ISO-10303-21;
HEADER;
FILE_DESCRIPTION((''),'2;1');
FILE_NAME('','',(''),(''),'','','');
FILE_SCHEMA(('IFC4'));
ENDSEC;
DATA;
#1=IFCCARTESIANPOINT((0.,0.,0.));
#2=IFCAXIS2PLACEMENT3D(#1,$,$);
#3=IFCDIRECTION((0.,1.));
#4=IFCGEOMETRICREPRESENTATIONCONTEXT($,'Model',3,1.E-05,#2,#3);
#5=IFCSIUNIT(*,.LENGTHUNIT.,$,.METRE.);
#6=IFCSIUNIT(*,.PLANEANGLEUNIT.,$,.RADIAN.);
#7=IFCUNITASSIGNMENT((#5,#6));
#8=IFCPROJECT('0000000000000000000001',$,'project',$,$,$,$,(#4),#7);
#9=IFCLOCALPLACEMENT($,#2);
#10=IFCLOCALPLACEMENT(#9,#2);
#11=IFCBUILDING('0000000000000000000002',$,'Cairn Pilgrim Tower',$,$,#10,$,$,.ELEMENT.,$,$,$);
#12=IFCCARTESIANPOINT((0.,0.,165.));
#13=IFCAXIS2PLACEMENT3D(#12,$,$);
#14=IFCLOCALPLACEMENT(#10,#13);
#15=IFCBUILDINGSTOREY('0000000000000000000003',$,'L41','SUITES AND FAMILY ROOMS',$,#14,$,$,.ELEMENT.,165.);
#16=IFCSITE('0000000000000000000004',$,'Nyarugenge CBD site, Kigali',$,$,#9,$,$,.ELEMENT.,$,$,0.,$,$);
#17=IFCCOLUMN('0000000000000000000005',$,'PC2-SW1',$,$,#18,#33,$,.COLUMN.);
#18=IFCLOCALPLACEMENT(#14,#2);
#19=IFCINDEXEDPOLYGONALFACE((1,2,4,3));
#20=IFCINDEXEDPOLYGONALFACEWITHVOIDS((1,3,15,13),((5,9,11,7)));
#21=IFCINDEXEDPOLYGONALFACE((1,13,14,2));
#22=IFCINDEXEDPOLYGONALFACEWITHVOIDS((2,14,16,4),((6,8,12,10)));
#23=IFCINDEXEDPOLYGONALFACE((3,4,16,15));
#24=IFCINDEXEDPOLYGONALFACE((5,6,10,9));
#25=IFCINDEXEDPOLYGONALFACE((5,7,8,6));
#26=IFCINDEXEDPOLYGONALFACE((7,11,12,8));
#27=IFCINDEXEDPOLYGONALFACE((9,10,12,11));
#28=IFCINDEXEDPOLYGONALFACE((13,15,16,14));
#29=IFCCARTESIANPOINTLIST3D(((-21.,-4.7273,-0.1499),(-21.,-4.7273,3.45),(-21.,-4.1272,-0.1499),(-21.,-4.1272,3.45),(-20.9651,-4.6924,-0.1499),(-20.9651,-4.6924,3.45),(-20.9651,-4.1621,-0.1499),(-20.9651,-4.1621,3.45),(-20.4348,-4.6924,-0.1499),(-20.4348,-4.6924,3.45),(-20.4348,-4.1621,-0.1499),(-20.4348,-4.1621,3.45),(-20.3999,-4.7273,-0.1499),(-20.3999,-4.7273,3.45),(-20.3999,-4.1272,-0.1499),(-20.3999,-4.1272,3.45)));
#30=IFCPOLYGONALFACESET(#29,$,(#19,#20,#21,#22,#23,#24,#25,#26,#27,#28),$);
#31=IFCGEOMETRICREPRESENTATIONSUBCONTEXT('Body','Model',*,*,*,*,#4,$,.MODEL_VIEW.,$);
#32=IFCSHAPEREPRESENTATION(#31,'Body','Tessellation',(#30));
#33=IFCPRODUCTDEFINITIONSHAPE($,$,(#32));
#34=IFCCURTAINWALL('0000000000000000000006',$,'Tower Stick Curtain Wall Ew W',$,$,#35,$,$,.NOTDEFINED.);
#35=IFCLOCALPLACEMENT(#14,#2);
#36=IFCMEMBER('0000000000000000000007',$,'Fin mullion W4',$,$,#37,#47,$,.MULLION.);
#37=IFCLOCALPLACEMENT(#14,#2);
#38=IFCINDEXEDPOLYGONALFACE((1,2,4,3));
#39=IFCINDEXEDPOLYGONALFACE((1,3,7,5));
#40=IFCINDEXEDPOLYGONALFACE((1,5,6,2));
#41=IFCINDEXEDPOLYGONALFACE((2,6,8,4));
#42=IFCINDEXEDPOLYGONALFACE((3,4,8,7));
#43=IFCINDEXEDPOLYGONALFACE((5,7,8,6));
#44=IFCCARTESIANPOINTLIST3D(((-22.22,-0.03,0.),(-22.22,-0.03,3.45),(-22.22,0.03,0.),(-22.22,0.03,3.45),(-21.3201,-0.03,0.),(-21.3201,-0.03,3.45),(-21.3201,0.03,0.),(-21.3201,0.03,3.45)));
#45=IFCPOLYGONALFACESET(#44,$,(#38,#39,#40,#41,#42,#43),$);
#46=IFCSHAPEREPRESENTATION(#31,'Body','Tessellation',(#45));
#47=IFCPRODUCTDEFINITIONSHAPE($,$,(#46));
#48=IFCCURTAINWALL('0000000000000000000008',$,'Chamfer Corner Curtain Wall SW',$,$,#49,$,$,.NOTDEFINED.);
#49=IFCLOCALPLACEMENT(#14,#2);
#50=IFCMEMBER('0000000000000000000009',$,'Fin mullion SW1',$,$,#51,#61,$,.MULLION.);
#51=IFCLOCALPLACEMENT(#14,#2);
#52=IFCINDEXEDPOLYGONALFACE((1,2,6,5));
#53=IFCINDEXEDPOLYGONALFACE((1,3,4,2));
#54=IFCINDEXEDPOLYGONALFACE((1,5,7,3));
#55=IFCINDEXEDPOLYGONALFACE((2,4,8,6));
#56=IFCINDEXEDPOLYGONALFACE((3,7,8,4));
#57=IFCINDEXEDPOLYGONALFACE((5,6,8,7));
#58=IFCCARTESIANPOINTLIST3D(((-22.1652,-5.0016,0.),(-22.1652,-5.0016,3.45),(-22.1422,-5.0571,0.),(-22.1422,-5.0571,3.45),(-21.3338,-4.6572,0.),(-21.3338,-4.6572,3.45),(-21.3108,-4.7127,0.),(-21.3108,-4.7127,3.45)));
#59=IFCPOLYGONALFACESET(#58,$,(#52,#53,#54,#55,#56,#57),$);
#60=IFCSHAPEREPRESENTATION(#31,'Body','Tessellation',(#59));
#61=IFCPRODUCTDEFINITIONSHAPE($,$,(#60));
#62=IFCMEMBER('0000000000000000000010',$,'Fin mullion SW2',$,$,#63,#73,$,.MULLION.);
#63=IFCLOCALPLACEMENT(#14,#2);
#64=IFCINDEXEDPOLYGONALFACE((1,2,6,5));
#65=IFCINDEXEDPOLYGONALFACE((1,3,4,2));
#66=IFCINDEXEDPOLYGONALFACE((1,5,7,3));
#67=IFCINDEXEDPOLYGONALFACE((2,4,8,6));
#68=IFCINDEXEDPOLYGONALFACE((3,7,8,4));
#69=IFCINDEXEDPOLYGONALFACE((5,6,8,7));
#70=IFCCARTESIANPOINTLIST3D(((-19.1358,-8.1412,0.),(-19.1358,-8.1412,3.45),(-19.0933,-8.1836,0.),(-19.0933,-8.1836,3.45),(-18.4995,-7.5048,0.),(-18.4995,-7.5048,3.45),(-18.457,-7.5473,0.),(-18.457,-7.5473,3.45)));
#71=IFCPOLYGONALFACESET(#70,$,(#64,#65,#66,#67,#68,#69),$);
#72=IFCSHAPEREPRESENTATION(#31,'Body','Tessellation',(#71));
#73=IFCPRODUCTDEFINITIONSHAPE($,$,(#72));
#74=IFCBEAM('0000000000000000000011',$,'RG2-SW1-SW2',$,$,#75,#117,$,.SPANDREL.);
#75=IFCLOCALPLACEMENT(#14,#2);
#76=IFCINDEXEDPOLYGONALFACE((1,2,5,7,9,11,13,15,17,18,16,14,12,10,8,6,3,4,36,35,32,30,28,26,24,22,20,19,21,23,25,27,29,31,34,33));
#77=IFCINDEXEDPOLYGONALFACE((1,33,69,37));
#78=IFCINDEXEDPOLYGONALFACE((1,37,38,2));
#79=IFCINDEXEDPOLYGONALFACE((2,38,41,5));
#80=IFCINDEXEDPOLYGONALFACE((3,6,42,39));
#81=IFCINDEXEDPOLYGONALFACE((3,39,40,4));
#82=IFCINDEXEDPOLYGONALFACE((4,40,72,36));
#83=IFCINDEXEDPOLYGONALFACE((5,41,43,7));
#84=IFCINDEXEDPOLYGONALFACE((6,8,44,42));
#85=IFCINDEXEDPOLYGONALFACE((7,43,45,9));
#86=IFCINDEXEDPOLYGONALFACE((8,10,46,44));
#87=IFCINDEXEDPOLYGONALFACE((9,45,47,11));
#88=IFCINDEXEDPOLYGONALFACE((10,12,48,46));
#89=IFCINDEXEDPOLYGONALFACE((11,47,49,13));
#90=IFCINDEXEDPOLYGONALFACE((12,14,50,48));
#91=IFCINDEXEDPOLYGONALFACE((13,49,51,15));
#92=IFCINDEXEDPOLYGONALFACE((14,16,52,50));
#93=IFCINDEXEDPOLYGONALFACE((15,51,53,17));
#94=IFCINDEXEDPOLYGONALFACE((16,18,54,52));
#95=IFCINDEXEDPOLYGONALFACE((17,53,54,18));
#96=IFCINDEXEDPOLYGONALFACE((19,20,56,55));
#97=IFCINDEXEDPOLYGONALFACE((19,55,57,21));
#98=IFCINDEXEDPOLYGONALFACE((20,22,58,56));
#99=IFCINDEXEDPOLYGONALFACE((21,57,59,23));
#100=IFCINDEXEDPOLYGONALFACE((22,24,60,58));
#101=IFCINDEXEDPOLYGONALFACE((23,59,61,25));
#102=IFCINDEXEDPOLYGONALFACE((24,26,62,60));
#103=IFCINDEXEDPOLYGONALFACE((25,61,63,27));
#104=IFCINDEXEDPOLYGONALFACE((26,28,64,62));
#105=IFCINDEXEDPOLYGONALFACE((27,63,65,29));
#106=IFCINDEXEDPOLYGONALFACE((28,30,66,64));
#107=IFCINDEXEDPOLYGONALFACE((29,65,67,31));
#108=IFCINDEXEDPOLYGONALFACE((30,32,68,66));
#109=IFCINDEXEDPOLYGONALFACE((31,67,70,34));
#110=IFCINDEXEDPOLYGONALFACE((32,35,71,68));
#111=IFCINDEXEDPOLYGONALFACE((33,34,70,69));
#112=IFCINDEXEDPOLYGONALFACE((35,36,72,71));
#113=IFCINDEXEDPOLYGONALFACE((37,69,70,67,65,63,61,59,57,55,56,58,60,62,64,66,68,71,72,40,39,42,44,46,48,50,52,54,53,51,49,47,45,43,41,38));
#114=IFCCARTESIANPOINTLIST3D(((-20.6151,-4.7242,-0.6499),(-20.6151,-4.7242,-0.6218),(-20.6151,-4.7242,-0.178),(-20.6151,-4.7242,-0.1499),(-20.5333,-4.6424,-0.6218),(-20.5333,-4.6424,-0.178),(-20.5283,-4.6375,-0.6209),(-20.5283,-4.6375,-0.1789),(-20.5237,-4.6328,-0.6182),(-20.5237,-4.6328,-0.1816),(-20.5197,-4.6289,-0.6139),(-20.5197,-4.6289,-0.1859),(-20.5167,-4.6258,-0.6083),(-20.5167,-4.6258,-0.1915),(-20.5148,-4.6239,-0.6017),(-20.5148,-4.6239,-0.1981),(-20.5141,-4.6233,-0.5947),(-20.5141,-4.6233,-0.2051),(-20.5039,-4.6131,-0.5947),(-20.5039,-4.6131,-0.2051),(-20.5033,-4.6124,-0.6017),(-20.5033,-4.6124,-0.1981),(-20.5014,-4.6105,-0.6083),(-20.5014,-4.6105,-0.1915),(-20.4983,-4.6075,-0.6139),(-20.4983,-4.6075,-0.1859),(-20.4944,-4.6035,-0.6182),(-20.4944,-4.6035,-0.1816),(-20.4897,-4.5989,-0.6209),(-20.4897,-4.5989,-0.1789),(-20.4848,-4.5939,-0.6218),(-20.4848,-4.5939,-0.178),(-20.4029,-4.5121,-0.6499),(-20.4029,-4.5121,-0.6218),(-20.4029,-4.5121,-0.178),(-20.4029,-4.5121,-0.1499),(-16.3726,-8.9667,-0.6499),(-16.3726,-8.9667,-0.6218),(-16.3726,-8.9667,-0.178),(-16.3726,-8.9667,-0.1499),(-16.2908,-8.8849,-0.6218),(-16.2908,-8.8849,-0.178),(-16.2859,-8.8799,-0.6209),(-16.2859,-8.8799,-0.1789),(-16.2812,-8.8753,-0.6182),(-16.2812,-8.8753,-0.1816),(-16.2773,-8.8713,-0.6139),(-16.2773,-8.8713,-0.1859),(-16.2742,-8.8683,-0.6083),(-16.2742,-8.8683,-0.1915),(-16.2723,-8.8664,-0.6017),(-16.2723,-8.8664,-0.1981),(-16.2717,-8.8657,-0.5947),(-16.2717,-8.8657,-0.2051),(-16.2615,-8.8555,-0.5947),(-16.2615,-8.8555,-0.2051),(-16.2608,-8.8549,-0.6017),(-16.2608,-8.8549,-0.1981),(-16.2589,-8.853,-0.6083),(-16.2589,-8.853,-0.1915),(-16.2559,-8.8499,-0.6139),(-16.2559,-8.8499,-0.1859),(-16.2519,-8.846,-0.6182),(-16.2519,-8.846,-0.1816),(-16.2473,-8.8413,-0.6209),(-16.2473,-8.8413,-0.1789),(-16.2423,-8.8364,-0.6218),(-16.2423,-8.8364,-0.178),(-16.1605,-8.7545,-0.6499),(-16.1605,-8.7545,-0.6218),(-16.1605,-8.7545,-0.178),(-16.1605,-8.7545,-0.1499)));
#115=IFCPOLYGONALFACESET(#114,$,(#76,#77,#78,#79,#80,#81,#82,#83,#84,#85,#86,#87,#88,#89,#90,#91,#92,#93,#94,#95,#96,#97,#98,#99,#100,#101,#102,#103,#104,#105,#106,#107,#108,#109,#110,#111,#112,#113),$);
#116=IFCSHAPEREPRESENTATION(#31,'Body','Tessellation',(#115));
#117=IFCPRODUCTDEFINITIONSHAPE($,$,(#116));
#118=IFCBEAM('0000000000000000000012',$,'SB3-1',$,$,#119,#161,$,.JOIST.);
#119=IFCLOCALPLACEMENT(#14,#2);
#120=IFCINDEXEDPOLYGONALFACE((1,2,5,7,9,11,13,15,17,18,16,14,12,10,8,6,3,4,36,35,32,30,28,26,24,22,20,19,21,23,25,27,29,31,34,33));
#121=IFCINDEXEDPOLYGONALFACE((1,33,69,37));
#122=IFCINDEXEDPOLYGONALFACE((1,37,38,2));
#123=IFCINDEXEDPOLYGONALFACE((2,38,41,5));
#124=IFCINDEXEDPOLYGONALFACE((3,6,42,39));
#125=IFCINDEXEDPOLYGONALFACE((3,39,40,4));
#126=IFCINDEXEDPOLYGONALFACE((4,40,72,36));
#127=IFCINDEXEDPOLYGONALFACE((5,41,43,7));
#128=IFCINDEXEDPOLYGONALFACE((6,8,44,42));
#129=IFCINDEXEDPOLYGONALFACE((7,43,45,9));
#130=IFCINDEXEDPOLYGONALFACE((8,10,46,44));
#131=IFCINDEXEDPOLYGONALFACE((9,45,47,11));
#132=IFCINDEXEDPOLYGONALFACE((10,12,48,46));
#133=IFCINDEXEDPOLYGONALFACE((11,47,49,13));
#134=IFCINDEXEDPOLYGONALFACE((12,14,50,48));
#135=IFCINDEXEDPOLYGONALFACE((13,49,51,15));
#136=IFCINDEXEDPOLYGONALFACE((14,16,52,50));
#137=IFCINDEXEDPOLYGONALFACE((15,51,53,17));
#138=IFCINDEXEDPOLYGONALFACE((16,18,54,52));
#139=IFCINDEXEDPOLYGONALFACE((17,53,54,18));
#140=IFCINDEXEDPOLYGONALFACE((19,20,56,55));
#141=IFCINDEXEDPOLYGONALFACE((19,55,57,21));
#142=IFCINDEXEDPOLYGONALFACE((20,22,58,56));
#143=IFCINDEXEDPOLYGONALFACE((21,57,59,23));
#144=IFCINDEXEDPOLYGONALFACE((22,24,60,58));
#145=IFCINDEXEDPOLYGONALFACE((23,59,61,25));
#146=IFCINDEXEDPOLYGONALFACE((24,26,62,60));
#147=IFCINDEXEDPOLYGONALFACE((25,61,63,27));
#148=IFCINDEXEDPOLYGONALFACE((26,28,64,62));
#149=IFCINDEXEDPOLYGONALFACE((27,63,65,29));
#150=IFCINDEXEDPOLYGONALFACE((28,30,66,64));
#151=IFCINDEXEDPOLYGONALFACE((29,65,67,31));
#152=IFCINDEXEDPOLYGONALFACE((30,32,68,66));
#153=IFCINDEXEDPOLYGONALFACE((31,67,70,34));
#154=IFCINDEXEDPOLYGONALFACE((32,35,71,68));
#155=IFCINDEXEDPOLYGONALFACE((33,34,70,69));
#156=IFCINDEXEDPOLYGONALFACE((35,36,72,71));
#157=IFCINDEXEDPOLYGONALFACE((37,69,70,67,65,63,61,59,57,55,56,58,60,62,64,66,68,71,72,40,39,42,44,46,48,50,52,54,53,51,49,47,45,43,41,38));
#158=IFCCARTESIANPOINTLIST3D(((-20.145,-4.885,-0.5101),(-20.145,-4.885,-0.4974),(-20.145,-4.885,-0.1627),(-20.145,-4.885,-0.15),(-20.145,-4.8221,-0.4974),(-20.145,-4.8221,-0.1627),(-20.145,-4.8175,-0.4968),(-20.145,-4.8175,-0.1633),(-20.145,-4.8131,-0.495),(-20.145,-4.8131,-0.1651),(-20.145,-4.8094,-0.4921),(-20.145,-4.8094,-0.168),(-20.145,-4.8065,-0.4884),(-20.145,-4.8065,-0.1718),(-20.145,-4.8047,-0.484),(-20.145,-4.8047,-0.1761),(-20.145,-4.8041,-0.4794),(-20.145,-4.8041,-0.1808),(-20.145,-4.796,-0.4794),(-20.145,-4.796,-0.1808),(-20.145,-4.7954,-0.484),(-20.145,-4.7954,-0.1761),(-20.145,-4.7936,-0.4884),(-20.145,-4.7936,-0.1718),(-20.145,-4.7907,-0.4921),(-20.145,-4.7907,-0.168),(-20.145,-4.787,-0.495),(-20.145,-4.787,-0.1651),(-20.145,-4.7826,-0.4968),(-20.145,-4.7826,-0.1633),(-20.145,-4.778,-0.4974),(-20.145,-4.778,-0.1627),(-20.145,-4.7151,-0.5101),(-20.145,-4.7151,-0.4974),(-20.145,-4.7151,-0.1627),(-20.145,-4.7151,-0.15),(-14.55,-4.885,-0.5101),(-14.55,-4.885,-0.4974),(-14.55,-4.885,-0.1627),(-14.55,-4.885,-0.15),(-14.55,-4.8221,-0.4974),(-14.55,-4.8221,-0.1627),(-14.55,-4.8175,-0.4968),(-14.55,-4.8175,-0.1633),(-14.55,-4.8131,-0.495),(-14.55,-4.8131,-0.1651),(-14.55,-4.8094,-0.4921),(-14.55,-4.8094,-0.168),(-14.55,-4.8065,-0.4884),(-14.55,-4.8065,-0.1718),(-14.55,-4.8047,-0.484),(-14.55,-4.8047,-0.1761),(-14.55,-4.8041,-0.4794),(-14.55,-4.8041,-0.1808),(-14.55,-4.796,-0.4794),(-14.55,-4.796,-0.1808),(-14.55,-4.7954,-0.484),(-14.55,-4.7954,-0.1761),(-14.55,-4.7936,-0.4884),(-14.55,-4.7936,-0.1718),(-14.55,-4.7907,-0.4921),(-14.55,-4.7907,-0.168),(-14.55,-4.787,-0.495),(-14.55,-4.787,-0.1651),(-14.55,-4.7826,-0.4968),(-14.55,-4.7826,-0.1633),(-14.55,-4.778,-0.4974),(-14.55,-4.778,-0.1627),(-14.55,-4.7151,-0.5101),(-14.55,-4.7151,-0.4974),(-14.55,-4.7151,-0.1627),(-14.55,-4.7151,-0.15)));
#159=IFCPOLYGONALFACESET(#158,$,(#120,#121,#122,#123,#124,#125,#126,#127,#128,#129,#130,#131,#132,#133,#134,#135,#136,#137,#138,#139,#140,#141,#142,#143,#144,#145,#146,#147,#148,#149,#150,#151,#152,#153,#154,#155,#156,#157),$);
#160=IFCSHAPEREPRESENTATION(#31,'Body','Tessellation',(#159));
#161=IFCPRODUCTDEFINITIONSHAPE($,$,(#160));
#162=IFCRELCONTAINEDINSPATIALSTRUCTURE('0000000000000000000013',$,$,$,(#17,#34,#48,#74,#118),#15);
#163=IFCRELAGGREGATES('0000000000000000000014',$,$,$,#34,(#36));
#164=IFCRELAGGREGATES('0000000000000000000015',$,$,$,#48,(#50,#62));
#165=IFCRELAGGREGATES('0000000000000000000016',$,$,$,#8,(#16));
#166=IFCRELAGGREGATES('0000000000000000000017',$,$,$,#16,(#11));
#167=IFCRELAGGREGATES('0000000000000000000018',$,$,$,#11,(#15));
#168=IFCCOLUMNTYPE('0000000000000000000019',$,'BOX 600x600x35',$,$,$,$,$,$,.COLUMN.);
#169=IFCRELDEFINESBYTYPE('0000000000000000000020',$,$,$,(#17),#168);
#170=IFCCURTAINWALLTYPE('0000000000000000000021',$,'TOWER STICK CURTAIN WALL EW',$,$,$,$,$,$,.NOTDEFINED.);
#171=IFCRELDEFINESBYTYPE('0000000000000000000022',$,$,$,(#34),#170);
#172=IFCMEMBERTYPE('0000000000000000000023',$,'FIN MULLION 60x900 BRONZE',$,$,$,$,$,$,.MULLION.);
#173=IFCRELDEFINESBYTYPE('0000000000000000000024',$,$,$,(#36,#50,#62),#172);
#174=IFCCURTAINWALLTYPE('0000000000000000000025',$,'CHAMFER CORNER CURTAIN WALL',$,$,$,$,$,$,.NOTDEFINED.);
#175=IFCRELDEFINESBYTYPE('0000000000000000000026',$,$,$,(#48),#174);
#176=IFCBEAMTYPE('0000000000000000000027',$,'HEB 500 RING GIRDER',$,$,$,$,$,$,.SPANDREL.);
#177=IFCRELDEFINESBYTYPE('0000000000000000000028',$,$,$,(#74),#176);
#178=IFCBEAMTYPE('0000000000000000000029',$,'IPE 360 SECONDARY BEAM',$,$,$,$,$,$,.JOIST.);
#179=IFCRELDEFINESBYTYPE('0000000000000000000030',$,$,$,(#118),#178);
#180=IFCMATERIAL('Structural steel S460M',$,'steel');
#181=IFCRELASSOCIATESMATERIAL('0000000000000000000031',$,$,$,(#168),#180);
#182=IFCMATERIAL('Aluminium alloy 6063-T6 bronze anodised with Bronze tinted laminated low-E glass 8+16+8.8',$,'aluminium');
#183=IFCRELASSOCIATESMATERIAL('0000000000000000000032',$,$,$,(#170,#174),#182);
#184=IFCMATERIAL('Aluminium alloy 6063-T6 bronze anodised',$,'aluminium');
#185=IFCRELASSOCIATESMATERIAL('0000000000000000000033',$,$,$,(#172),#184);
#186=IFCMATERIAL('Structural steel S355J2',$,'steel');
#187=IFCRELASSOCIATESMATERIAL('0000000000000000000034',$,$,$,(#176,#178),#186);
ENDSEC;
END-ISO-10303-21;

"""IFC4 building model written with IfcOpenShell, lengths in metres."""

from ifc_helpers import new_model, si_unit, direction, frame, origin, origin_2d, place, context, subcontext, project, spatial, rectangle, hollow_rectangle, i_section, extrude, material, material_profile, profile_set, type_object, element, aggregate, save


model = new_model("IFC4")

# Units and contexts
model_context = context("Model", 3, precision=1e-05, world=origin(), true_north=direction((0.0, 1.0)))
body_context = subcontext(model_context, "Body", "Model", "MODEL_VIEW")
ifc_project = project(units=[si_unit("LENGTHUNIT", "METRE"), si_unit("PLANEANGLEUNIT", "RADIAN")], contexts=[model_context])

# Site, building, storey
site_placement = place(None, origin())
site = spatial("IfcSite", under=ifc_project, at=site_placement, Name="Nyarugenge CBD site, Kigali", CompositionType="ELEMENT", RefElevation=0.0)
building_placement = place(site_placement, origin())
building = spatial("IfcBuilding", under=site, at=building_placement, Name="Cairn Pilgrim Tower", CompositionType="ELEMENT")
storey_placement = place(building_placement, frame((0.0, 0.0, 165.0)))
storey = spatial("IfcBuildingStorey", under=building, at=storey_placement, Name="L41", Description="SUITES AND FAMILY ROOMS", CompositionType="ELEMENT", Elevation=165.0)

# Column
ifc_material_1 = material(Name="Structural steel S460M", Category="steel")
ifc_material_profile_1 = material_profile(ifc_material_1, hollow_rectangle(XDim=0.6001, YDim=0.6001, WallThickness=0.0349, at=origin_2d()), Name="BOX 600x600x35")
ifc_profile_set_1 = profile_set([ifc_material_profile_1], Name="Structural steel S460M")
column_type = type_object("IfcColumnType", Name="BOX 600x600x35", PredefinedType="COLUMN", material=ifc_profile_set_1)
column_placement = place(storey_placement, frame((-20.7, -4.4272, -0.1499), z_axis=(0.0, 0.0, 1.0), x_axis=(1.0, 0.0, 0.0)))
element("IfcColumn", 1, at=column_placement, inside=storey, type_object=column_type, Name="PC2-SW1", PredefinedType="COLUMN", context=body_context, shape_type="SweptSolid", body=[
    extrude(hollow_rectangle(XDim=0.6001, YDim=0.6001, WallThickness=0.0349, at=origin_2d()), origin(), (0.0, 0.0, 1.0), 3.5999),
])

# Curtain wall, member
ifc_material_2 = material(Name="Aluminium alloy 6063-T6 bronze anodised with Bronze tinted laminated low-E glass 8+16+8.8", Category="aluminium")
curtain_wall_type_1 = type_object("IfcCurtainWallType", Name="TOWER STICK CURTAIN WALL EW", PredefinedType="NOTDEFINED", material=ifc_material_2)
curtain_wall_1_placement = place(storey_placement, origin())
curtain_wall_1 = element("IfcCurtainWall", 2, at=curtain_wall_1_placement, inside=storey, type_object=curtain_wall_type_1, Name="Tower Stick Curtain Wall Ew W", PredefinedType="NOTDEFINED")
ifc_material_3 = material(Name="Aluminium alloy 6063-T6 bronze anodised", Category="aluminium")
ifc_material_profile_2 = material_profile(ifc_material_3, rectangle(XDim=0.8999, YDim=0.0601, at=origin_2d()), Name="FIN MULLION 60x900 BRONZE")
ifc_profile_set_2 = profile_set([ifc_material_profile_2], Name="Aluminium alloy 6063-T6 bronze anodised")
member_type_1 = type_object("IfcMemberType", Name="FIN MULLION 60x900 BRONZE", PredefinedType="MULLION", material=ifc_profile_set_2)
member_1_placement = place(storey_placement, frame((-21.77, 0.0, 0.0), z_axis=(0.0, 0.0, 1.0), x_axis=(-1.0, 0.0, 0.0)))
member_1 = element("IfcMember", 3, at=member_1_placement, type_object=member_type_1, Name="Fin mullion W4", PredefinedType="MULLION", context=body_context, shape_type="SweptSolid", body=[
    extrude(rectangle(XDim=0.8999, YDim=0.0601, at=origin_2d()), origin(), (0.0, 0.0, 1.0), 3.45),
])
aggregate(curtain_wall_1, [member_1])

# Curtain wall, members
curtain_wall_type_2 = type_object("IfcCurtainWallType", Name="CHAMFER CORNER CURTAIN WALL", PredefinedType="NOTDEFINED", material=ifc_material_2)
curtain_wall_2_placement = place(storey_placement, origin())
curtain_wall_2 = element("IfcCurtainWall", 4, at=curtain_wall_2_placement, inside=storey, type_object=curtain_wall_type_2, Name="Chamfer Corner Curtain Wall SW", PredefinedType="NOTDEFINED")
member_2_placement = place(storey_placement, frame((-21.738, -4.8572, 0.0), z_axis=(0.0, 0.0, 1.0), x_axis=(-0.92388, -0.382683, 0.0)))
member_2 = element("IfcMember", 5, at=member_2_placement, type_object=member_type_1, Name="Fin mullion SW1", PredefinedType="MULLION", context=body_context, shape_type="SweptSolid", body=[
    extrude(rectangle(XDim=0.8999, YDim=0.0601, at=origin_2d()), origin(), (0.0, 0.0, 1.0), 3.45),
])
member_3_placement = place(storey_placement, frame((-18.7964, -7.8442, 0.0), z_axis=(0.0, 0.0, 1.0), x_axis=(-0.707107, -0.707107, 0.0)))
member_3 = element("IfcMember", 6, at=member_3_placement, type_object=member_type_1, Name="Fin mullion SW2", PredefinedType="MULLION", context=body_context, shape_type="SweptSolid", body=[
    extrude(rectangle(XDim=0.8999, YDim=0.0601, at=origin_2d()), origin(), (0.0, 0.0, 1.0), 3.45),
])

# Beams
ifc_material_4 = material(Name="Structural steel S355J2", Category="steel")
ifc_material_profile_3 = material_profile(ifc_material_4, i_section(OverallWidth=0.3, OverallDepth=0.5, WebThickness=0.0144, FlangeThickness=0.0281, FilletRadius=0.0271, at=origin_2d()), Name="HEB 500")
ifc_profile_set_3 = profile_set([ifc_material_profile_3], Name="Structural steel S355J2")
beam_type_1 = type_object("IfcBeamType", Name="HEB 500 RING GIRDER", PredefinedType="SPANDREL", material=ifc_profile_set_3)
beam_1_placement = place(storey_placement, frame((-20.509, -4.6182, -0.3999), z_axis=(0.707107, -0.707107, 0.0), x_axis=(0.707107, 0.707107, 0.0)))
element("IfcBeam", 7, at=beam_1_placement, inside=storey, type_object=beam_type_1, Name="RG2-SW1-SW2", PredefinedType="SPANDREL", context=body_context, shape_type="SweptSolid", body=[
    extrude(i_section(OverallWidth=0.3, OverallDepth=0.5, WebThickness=0.0144, FlangeThickness=0.0281, FilletRadius=0.0271, at=origin_2d()), origin(), (0.0, 0.0, 1.0), 5.9998),
])
ifc_material_profile_4 = material_profile(ifc_material_4, i_section(OverallWidth=0.1699, OverallDepth=0.3601, WebThickness=0.0081, FlangeThickness=0.0127, FilletRadius=0.0181, at=origin_2d()), Name="IPE 360")
ifc_profile_set_4 = profile_set([ifc_material_profile_4], Name="Structural steel S355J2")
beam_type_2 = type_object("IfcBeamType", Name="IPE 360 SECONDARY BEAM", PredefinedType="JOIST", material=ifc_profile_set_4)
beam_2_placement = place(storey_placement, frame((-20.145, -4.8, -0.3301), z_axis=(1.0, 0.0, 0.0), x_axis=(0.0, 1.0, 0.0)))
element("IfcBeam", 8, at=beam_2_placement, inside=storey, type_object=beam_type_2, Name="SB3-1", PredefinedType="JOIST", context=body_context, shape_type="SweptSolid", body=[
    extrude(i_section(OverallWidth=0.1699, OverallDepth=0.3601, WebThickness=0.0081, FlangeThickness=0.0127, FilletRadius=0.0181, at=origin_2d()), origin(), (0.0, 0.0, 1.0), 5.595),
])

aggregate(curtain_wall_2, [member_2, member_3])

save(model, "model.ifc")
